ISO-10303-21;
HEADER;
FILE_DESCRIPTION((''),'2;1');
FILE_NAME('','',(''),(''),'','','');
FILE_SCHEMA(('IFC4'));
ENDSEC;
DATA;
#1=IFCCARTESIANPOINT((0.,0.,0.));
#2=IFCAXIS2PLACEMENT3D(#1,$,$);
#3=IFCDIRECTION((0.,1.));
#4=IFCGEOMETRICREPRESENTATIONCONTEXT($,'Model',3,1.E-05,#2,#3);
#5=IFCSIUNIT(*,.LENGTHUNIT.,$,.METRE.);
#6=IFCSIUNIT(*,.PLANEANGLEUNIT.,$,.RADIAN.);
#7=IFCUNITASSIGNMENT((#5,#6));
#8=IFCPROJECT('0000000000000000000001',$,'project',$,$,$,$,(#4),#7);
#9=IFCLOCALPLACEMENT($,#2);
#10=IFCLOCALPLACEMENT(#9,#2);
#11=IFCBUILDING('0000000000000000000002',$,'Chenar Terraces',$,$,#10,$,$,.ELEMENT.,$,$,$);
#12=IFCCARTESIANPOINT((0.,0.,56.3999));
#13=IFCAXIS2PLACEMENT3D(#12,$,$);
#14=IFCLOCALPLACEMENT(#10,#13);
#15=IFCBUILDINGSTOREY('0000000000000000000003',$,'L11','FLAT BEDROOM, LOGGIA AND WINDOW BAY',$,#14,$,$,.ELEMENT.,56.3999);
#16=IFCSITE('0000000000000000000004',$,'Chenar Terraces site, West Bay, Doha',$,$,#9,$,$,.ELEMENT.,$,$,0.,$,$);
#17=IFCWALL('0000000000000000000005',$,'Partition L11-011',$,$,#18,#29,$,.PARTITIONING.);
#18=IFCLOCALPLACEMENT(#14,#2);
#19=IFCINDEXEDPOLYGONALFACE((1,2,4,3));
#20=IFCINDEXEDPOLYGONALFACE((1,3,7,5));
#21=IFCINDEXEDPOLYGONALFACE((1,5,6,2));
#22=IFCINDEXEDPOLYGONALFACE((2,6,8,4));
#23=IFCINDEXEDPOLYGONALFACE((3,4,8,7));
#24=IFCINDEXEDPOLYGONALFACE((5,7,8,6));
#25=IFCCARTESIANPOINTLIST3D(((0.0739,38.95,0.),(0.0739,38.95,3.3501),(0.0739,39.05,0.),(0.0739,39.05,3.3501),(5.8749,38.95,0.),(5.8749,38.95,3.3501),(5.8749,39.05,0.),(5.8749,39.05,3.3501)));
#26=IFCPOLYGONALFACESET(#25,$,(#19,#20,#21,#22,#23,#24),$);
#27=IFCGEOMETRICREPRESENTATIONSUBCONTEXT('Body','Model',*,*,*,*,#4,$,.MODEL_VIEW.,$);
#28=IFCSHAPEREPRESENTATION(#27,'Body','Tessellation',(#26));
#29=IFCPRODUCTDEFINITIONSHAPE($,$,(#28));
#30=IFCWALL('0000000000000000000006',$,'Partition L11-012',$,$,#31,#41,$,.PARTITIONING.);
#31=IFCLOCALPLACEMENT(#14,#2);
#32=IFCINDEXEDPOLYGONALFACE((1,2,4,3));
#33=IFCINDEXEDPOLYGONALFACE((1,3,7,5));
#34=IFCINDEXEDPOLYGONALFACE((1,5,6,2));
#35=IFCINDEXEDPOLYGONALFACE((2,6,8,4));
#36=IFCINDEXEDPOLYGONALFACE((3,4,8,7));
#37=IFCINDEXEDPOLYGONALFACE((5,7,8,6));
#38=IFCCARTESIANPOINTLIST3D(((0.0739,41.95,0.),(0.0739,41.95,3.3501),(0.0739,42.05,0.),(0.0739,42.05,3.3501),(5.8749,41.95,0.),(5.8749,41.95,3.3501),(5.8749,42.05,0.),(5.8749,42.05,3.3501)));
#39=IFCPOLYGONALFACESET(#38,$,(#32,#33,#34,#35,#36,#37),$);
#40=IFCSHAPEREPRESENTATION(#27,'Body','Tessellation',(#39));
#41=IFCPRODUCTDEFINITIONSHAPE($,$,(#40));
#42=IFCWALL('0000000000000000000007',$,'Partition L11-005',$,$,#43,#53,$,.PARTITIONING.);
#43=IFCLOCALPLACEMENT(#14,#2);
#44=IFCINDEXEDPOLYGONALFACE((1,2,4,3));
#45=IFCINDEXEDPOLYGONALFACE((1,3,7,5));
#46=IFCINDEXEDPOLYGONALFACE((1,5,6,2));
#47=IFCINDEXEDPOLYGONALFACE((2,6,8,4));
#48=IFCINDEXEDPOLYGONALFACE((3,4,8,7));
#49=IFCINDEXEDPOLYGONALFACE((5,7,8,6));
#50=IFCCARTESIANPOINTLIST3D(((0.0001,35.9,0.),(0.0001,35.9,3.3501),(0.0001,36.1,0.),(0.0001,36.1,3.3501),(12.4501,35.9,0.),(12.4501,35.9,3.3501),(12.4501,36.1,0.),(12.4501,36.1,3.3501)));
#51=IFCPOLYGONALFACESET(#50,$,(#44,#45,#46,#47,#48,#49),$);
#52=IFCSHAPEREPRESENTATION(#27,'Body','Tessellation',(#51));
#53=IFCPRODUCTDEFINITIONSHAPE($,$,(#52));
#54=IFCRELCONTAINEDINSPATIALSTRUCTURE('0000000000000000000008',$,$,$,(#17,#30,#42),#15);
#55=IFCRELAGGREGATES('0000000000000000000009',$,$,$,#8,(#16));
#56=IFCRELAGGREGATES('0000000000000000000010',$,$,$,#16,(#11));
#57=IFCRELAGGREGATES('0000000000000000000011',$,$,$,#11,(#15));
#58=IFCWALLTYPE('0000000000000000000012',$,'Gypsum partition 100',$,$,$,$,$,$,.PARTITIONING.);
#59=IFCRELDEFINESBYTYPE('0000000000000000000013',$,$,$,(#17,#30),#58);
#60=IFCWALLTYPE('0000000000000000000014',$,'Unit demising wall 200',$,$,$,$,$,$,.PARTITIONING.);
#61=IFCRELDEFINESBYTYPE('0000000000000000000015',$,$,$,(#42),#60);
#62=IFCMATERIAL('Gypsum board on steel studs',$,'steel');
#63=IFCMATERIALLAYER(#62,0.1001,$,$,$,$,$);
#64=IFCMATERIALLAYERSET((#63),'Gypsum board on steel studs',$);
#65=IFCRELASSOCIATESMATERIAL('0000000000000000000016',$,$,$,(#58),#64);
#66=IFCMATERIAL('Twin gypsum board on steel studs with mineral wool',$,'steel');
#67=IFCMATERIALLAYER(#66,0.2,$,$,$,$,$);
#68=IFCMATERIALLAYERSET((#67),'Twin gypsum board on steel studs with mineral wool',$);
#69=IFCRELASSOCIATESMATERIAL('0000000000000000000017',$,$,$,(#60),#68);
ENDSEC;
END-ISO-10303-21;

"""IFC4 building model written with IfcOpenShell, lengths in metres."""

from ifc_helpers import new_model, si_unit, direction, frame, frame_2d, origin, place, context, subcontext, project, spatial, rectangle, extrude, material, layer, layer_set, type_object, element, save


model = new_model("IFC4")

# Units and contexts
model_context = context("Model", 3, precision=1e-05, world=origin(), true_north=direction((0.0, 1.0)))
body_context = subcontext(model_context, "Body", "Model", "MODEL_VIEW")
ifc_project = project(units=[si_unit("LENGTHUNIT", "METRE"), si_unit("PLANEANGLEUNIT", "RADIAN")], contexts=[model_context])

# Site, building, storey
site_placement = place(None, origin())
site = spatial("IfcSite", under=ifc_project, at=site_placement, Name="Chenar Terraces site, West Bay, Doha", CompositionType="ELEMENT", RefElevation=0.0)
building_placement = place(site_placement, origin())
building = spatial("IfcBuilding", under=site, at=building_placement, Name="Chenar Terraces", CompositionType="ELEMENT")
storey_placement = place(building_placement, frame((0.0, 0.0, 56.3999)))
storey = spatial("IfcBuildingStorey", under=building, at=storey_placement, Name="L11", Description="FLAT BEDROOM, LOGGIA AND WINDOW BAY", CompositionType="ELEMENT", Elevation=56.3999)

# Walls
ifc_material_1 = material(Name="Gypsum board on steel studs", Category="steel")
ifc_layer_1 = layer(ifc_material_1, 0.1001)
ifc_layer_set_1 = layer_set([ifc_layer_1], Name="Gypsum board on steel studs")
wall_type_1 = type_object("IfcWallType", Name="Gypsum partition 100", PredefinedType="PARTITIONING", material=ifc_layer_set_1)
for number, where, z_axis, x_axis, name in (
    (1, (0.074, 39.0, 0.0), (0.0, 0.0, 1.0), (1.0, 0.0, 0.0), "Partition L11-011"),
    (2, (0.074, 42.0, 0.0), (0.0, 0.0, 1.0), (1.0, 0.0, 0.0), "Partition L11-012"),
):
    element("IfcWall", number, at=place(storey_placement, frame(where, z_axis=z_axis, x_axis=x_axis)), inside=storey, type_object=wall_type_1, Name=name, PredefinedType="PARTITIONING", context=body_context, shape_type="SweptSolid", body=[
        extrude(rectangle(XDim=5.801, YDim=0.1001, at=frame_2d((2.9004, 0.0))), origin(), (0.0, 0.0, 1.0), 3.3501),
    ])
ifc_material_2 = material(Name="Twin gypsum board on steel studs with mineral wool", Category="steel")
ifc_layer_2 = layer(ifc_material_2, 0.2)
ifc_layer_set_2 = layer_set([ifc_layer_2], Name="Twin gypsum board on steel studs with mineral wool")
wall_type_2 = type_object("IfcWallType", Name="Unit demising wall 200", PredefinedType="PARTITIONING", material=ifc_layer_set_2)
wall_1_placement = place(storey_placement, frame((0.0, 36.0, 0.0), z_axis=(0.0, 0.0, 1.0), x_axis=(1.0, 0.0, 0.0)))
element("IfcWall", 3, at=wall_1_placement, inside=storey, type_object=wall_type_2, Name="Partition L11-005", PredefinedType="PARTITIONING", context=body_context, shape_type="SweptSolid", body=[
    extrude(rectangle(XDim=12.45, YDim=0.2, at=frame_2d((6.2251, 0.0))), origin(), (0.0, 0.0, 1.0), 3.3501),
])

save(model, "model.ifc")
